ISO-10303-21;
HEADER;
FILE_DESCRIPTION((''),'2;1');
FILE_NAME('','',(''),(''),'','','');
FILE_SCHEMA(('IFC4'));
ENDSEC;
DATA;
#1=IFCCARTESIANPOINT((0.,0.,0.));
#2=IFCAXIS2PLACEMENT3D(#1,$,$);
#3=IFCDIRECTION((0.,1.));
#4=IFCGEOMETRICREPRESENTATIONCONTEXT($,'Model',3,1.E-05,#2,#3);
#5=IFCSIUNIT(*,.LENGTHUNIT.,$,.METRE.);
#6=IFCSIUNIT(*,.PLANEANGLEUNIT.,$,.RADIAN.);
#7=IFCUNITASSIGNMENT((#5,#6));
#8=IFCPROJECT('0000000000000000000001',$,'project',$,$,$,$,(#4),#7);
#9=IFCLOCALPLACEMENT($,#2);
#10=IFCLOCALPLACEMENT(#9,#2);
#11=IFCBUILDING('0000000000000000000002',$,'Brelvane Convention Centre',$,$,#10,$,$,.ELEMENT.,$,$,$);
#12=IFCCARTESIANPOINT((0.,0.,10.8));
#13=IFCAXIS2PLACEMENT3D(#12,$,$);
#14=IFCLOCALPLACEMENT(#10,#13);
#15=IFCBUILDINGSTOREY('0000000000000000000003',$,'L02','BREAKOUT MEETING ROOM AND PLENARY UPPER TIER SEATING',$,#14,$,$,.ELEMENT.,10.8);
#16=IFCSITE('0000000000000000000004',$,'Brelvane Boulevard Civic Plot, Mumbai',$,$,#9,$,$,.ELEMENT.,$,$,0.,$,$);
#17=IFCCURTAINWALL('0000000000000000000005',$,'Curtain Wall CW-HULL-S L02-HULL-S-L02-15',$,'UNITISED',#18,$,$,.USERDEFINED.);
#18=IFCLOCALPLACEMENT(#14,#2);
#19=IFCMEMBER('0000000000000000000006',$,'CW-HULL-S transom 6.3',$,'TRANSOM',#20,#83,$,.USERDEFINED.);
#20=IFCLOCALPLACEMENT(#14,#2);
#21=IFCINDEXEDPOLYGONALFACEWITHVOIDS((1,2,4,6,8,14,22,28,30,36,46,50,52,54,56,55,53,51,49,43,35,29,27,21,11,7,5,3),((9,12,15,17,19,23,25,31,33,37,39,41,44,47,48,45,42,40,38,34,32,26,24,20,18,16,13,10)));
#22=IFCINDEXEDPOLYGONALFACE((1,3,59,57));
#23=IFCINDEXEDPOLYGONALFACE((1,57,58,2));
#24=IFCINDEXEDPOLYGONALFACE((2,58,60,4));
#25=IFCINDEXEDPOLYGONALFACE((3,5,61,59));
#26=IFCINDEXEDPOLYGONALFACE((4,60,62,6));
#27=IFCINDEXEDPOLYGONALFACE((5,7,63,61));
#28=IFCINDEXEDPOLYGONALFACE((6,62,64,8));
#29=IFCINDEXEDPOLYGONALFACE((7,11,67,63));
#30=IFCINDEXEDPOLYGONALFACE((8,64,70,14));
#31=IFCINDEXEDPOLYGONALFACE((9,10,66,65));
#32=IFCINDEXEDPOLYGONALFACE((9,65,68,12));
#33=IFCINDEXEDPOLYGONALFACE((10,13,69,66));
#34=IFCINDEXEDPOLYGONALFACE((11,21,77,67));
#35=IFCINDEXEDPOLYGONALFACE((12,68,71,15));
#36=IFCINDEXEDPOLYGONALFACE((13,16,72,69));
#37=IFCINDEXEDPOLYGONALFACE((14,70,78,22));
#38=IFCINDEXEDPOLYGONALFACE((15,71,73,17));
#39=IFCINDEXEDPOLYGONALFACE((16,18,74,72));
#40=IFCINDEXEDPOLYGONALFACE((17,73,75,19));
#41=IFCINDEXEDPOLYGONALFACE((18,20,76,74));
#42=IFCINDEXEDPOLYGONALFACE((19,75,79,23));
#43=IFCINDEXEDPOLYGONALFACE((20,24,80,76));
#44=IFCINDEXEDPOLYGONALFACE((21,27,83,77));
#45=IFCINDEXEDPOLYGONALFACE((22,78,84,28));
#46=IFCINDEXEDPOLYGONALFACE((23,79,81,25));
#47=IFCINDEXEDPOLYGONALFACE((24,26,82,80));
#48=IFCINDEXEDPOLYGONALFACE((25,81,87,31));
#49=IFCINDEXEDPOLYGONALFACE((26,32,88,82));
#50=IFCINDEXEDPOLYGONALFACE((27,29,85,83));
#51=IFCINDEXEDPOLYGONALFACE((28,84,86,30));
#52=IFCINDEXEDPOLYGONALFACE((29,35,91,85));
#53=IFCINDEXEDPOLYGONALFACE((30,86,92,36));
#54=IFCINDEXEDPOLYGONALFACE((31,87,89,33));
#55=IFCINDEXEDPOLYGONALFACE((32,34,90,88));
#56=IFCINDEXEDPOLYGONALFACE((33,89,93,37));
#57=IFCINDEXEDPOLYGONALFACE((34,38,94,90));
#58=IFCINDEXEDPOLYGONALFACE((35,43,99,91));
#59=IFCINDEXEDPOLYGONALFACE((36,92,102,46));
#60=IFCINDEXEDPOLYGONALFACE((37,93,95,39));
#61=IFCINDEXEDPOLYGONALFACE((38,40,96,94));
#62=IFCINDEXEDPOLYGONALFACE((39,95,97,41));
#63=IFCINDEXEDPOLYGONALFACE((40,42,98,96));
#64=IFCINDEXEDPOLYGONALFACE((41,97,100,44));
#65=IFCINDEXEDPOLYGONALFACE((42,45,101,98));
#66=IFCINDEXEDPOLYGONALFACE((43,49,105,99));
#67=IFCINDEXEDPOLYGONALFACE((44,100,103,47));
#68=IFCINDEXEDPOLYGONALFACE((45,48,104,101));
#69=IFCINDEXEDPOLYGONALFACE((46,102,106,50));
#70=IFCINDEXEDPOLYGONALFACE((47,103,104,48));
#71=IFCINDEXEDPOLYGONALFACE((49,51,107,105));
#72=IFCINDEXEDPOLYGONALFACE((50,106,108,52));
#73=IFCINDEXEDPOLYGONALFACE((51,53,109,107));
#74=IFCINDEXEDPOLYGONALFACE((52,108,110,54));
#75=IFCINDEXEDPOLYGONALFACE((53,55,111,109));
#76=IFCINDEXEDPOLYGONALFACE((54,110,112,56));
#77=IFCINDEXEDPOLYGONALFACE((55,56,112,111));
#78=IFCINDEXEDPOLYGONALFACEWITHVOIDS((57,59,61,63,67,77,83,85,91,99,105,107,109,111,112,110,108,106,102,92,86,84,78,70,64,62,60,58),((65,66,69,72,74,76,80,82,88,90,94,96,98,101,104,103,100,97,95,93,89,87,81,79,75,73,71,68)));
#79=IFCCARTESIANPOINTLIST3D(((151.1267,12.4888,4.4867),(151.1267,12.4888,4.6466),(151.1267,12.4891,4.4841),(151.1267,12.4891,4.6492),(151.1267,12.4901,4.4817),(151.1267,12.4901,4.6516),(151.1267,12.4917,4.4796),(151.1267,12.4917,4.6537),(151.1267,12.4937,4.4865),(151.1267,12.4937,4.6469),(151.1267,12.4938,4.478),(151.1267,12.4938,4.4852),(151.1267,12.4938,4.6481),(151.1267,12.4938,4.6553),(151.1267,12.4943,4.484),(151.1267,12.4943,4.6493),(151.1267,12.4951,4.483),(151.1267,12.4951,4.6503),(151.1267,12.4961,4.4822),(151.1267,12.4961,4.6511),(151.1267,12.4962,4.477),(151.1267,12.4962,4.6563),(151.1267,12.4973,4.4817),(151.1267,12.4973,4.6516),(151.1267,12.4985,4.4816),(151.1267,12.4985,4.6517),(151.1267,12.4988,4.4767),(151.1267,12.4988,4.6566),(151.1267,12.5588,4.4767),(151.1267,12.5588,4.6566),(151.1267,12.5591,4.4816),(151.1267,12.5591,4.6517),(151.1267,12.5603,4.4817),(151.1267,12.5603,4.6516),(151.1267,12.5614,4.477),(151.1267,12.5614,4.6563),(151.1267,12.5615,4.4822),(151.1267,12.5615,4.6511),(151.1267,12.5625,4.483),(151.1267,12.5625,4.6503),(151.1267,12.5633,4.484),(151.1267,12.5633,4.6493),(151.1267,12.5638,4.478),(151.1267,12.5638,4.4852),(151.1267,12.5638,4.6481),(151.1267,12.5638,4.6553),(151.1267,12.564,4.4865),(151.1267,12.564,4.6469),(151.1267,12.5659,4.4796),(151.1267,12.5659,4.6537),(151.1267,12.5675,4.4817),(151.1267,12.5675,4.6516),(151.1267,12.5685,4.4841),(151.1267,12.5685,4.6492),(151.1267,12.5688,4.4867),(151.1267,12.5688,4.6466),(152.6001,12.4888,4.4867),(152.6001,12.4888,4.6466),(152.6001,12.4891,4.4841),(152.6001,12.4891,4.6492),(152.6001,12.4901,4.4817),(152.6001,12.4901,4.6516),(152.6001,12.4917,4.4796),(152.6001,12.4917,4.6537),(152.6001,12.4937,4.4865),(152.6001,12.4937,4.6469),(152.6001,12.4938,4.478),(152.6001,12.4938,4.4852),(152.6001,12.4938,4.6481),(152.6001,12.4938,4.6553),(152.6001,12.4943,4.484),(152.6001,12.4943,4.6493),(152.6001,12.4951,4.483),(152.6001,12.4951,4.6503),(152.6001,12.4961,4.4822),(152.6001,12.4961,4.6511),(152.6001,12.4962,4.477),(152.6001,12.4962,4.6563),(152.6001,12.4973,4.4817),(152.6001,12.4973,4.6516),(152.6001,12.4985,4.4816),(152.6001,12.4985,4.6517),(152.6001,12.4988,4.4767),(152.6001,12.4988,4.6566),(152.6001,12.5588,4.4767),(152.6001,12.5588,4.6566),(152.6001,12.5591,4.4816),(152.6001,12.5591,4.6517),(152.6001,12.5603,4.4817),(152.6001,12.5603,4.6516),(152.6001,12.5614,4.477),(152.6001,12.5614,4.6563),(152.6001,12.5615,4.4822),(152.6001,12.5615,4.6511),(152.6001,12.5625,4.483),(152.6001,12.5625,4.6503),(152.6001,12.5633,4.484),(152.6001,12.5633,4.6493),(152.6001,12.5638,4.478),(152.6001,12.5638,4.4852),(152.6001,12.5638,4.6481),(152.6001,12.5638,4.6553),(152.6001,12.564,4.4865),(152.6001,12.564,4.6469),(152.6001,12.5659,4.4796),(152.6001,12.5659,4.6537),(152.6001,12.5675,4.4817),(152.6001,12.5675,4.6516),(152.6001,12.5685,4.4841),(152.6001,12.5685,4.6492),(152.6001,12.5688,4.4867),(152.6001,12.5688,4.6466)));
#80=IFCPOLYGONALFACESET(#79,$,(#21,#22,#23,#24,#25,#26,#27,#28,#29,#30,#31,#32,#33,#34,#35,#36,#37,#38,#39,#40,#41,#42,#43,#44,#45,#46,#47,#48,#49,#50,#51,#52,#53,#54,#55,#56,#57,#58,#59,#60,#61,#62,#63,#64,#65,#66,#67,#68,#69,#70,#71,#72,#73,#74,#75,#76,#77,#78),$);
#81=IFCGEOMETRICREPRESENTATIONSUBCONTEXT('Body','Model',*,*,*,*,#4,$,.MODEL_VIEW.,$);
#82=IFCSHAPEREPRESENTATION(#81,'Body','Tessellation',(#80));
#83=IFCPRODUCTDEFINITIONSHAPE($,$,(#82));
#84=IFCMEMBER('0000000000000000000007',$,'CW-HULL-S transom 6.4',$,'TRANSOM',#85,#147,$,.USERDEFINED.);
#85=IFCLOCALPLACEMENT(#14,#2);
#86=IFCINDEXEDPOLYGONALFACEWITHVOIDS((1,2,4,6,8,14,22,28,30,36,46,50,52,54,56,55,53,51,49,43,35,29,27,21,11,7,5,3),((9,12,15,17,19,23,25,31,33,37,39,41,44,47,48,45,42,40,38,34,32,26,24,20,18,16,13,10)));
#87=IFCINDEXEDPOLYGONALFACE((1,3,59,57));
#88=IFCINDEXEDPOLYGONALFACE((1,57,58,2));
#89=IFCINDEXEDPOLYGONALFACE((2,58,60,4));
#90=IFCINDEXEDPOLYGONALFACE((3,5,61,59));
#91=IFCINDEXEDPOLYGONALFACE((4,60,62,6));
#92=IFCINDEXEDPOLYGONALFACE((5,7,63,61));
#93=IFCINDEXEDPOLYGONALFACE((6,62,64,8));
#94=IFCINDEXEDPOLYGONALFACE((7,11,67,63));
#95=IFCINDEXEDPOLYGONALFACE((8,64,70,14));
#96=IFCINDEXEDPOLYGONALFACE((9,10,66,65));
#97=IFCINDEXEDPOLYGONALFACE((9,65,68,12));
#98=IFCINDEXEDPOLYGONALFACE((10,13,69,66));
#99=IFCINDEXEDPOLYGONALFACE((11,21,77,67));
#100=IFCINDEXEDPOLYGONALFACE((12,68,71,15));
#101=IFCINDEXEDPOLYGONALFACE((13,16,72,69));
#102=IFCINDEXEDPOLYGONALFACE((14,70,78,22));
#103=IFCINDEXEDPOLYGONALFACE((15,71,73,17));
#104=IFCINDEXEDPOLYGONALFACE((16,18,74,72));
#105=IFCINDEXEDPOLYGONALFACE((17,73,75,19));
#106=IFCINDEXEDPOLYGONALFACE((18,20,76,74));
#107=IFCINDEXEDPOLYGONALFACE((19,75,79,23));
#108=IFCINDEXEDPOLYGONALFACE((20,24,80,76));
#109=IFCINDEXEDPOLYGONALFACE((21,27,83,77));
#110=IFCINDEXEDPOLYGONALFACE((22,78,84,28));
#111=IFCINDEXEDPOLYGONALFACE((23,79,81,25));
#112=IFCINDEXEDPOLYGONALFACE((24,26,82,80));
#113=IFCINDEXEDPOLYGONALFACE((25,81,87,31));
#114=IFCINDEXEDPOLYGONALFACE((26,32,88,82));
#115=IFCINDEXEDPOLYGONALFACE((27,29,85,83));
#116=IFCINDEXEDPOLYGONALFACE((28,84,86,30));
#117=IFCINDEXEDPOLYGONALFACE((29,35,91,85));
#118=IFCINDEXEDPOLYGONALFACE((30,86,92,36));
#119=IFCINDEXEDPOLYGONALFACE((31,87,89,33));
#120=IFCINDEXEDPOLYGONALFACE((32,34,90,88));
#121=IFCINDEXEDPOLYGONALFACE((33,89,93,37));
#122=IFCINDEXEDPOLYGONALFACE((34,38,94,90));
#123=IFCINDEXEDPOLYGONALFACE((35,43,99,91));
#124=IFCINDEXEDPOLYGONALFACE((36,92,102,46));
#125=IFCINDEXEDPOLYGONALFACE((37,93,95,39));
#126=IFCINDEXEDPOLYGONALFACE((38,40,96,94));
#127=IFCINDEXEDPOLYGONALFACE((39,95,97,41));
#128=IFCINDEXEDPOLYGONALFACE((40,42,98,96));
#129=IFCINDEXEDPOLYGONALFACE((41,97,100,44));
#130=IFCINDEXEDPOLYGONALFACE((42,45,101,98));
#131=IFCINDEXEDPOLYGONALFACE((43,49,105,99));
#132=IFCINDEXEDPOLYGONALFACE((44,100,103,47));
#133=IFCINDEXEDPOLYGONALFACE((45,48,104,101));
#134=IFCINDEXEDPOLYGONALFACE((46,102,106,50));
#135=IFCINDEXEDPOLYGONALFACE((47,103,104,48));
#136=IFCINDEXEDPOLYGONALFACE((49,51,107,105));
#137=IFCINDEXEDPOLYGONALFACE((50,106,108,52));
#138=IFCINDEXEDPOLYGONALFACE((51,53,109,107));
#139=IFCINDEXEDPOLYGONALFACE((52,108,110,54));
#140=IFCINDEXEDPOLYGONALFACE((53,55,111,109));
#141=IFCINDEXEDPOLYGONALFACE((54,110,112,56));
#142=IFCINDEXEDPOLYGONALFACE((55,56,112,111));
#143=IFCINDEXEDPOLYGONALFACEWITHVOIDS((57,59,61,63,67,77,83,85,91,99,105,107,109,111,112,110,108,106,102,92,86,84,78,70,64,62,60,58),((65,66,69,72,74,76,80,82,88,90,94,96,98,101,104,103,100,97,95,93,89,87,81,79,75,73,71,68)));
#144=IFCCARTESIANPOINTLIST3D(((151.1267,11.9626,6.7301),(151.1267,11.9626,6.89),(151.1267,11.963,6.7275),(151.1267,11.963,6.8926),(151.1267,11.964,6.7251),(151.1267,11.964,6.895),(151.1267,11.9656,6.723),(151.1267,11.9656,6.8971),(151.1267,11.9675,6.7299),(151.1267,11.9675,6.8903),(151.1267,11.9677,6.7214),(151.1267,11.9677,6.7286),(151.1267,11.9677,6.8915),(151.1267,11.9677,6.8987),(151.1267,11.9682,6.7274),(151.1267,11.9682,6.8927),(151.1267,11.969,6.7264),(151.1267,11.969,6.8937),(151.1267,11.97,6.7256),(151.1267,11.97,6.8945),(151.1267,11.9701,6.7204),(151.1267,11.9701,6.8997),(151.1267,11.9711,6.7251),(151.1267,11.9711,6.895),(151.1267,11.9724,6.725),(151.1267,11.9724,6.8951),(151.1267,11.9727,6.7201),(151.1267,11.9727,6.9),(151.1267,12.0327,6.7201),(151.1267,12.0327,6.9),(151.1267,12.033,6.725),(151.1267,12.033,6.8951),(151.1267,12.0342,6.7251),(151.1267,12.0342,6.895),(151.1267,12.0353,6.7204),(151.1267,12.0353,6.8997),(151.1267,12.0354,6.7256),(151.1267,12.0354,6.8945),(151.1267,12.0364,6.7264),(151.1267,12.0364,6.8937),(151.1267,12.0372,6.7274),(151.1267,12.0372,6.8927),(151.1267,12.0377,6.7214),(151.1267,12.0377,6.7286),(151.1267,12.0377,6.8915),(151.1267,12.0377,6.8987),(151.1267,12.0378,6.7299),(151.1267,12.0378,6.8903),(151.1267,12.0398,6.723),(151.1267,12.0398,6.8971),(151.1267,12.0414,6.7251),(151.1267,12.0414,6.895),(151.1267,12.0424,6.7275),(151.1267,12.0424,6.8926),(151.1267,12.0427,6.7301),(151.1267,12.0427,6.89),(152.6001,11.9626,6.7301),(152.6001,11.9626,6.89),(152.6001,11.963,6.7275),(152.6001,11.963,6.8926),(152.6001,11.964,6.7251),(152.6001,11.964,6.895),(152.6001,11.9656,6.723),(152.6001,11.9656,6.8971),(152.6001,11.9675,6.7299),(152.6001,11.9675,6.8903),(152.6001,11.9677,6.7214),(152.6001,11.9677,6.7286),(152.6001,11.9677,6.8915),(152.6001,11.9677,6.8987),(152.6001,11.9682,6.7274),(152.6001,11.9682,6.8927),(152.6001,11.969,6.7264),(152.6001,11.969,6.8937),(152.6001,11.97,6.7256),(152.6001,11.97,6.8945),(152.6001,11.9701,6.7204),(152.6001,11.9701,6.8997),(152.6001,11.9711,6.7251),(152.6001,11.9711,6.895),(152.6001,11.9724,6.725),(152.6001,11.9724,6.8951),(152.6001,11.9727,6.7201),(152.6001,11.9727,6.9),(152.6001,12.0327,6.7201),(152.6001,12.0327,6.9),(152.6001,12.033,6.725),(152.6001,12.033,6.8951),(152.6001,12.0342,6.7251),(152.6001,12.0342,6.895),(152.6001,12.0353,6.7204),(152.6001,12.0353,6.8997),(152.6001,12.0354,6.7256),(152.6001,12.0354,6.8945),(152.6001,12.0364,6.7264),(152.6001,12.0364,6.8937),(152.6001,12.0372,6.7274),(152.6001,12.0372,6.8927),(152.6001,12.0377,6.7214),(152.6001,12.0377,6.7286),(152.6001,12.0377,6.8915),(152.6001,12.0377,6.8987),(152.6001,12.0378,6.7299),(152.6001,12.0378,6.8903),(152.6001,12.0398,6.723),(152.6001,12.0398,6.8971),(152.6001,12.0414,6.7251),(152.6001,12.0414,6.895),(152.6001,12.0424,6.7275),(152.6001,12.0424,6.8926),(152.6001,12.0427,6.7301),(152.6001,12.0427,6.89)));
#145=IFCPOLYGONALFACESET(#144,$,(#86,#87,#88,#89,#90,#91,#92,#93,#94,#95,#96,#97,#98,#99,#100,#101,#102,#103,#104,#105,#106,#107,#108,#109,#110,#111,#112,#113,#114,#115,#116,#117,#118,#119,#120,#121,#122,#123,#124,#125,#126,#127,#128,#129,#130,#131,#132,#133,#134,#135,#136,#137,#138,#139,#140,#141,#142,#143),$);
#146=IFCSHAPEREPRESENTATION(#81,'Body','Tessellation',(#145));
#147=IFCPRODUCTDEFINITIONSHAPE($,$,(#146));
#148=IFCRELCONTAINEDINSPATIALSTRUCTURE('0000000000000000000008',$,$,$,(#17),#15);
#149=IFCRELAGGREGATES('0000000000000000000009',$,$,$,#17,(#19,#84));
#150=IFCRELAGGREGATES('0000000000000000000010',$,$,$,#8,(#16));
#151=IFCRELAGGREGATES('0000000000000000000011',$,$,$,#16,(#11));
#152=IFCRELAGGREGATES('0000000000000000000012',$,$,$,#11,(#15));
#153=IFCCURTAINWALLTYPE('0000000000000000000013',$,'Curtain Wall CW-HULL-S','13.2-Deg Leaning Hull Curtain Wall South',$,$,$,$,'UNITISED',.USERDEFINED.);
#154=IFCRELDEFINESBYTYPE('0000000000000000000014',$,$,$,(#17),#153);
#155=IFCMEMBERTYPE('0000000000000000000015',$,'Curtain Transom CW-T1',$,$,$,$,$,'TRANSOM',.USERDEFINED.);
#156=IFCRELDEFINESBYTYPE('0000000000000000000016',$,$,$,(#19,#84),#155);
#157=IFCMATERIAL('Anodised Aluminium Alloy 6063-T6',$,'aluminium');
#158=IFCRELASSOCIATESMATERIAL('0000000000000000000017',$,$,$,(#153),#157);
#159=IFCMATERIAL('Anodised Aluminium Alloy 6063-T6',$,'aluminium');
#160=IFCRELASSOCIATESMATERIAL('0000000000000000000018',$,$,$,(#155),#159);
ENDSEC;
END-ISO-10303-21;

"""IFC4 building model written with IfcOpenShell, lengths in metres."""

from ifc_helpers import new_model, si_unit, direction, frame, origin, origin_2d, place, context, subcontext, project, spatial, hollow_rectangle, extrude, material, material_profile, profile_set, type_object, element, aggregate, save


model = new_model("IFC4")

# Units and contexts
model_context = context("Model", 3, precision=1e-05, world=origin(), true_north=direction((0.0, 1.0)))
body_context = subcontext(model_context, "Body", "Model", "MODEL_VIEW")
ifc_project = project(units=[si_unit("LENGTHUNIT", "METRE"), si_unit("PLANEANGLEUNIT", "RADIAN")], contexts=[model_context])

# Site, building, storey
site_placement = place(None, origin())
site = spatial("IfcSite", under=ifc_project, at=site_placement, Name="Brelvane Boulevard Civic Plot, Mumbai", CompositionType="ELEMENT", RefElevation=0.0)
building_placement = place(site_placement, origin())
building = spatial("IfcBuilding", under=site, at=building_placement, Name="Brelvane Convention Centre", CompositionType="ELEMENT")
storey_placement = place(building_placement, frame((0.0, 0.0, 10.8)))
storey = spatial("IfcBuildingStorey", under=building, at=storey_placement, Name="L02", Description="BREAKOUT MEETING ROOM AND PLENARY UPPER TIER SEATING", CompositionType="ELEMENT", Elevation=10.8)

# Curtain wall, members
ifc_material_1 = material(Name="Anodised Aluminium Alloy 6063-T6", Category="aluminium")
curtain_wall_type = type_object("IfcCurtainWallType", Name="Curtain Wall CW-HULL-S", Description="13.2-Deg Leaning Hull Curtain Wall South", ElementType="UNITISED", PredefinedType="USERDEFINED", material=ifc_material_1)
curtain_wall_1_placement = place(storey_placement, origin())
curtain_wall_1 = element("IfcCurtainWall", 1, at=curtain_wall_1_placement, inside=storey, type_object=curtain_wall_type, Name="Curtain Wall CW-HULL-S L02-HULL-S-L02-15", ObjectType="UNITISED", PredefinedType="USERDEFINED")
ifc_material_2 = material(Name="Anodised Aluminium Alloy 6063-T6", Category="aluminium")
ifc_material_profile = material_profile(ifc_material_2, hollow_rectangle(XDim=0.0801, YDim=0.1799, WallThickness=0.0049, InnerFilletRadius=0.0049, OuterFilletRadius=0.01, at=origin_2d()), Name="ALU-T 180x80x5.0")
ifc_profile_set = profile_set([ifc_material_profile], Name="Anodised Aluminium Alloy 6063-T6")
member_type = type_object("IfcMemberType", Name="Curtain Transom CW-T1", ElementType="TRANSOM", PredefinedType="USERDEFINED", material=ifc_profile_set)
member_1_placement = place(storey_placement, frame((151.1267, 12.5288, 4.5667), z_axis=(1.0, 0.0, 0.0), x_axis=(0.0, 1.0, 0.0)))
member_1 = element("IfcMember", 2, at=member_1_placement, type_object=member_type, Name="CW-HULL-S transom 6.3", ObjectType="TRANSOM", PredefinedType="USERDEFINED", context=body_context, shape_type="SweptSolid", body=[
    extrude(hollow_rectangle(XDim=0.0801, YDim=0.1799, WallThickness=0.0049, InnerFilletRadius=0.0049, OuterFilletRadius=0.01, at=origin_2d()), origin(), (0.0, 0.0, 1.0), 1.4734),
])
member_2_placement = place(storey_placement, frame((151.1267, 12.0027, 6.8101), z_axis=(1.0, 0.0, 0.0), x_axis=(0.0, 1.0, 0.0)))
member_2 = element("IfcMember", 3, at=member_2_placement, type_object=member_type, Name="CW-HULL-S transom 6.4", ObjectType="TRANSOM", PredefinedType="USERDEFINED", context=body_context, shape_type="SweptSolid", body=[
    extrude(hollow_rectangle(XDim=0.0801, YDim=0.1799, WallThickness=0.0049, InnerFilletRadius=0.0049, OuterFilletRadius=0.01, at=origin_2d()), origin(), (0.0, 0.0, 1.0), 1.4734),
])

aggregate(curtain_wall_1, [member_1, member_2])

save(model, "model.ifc")
